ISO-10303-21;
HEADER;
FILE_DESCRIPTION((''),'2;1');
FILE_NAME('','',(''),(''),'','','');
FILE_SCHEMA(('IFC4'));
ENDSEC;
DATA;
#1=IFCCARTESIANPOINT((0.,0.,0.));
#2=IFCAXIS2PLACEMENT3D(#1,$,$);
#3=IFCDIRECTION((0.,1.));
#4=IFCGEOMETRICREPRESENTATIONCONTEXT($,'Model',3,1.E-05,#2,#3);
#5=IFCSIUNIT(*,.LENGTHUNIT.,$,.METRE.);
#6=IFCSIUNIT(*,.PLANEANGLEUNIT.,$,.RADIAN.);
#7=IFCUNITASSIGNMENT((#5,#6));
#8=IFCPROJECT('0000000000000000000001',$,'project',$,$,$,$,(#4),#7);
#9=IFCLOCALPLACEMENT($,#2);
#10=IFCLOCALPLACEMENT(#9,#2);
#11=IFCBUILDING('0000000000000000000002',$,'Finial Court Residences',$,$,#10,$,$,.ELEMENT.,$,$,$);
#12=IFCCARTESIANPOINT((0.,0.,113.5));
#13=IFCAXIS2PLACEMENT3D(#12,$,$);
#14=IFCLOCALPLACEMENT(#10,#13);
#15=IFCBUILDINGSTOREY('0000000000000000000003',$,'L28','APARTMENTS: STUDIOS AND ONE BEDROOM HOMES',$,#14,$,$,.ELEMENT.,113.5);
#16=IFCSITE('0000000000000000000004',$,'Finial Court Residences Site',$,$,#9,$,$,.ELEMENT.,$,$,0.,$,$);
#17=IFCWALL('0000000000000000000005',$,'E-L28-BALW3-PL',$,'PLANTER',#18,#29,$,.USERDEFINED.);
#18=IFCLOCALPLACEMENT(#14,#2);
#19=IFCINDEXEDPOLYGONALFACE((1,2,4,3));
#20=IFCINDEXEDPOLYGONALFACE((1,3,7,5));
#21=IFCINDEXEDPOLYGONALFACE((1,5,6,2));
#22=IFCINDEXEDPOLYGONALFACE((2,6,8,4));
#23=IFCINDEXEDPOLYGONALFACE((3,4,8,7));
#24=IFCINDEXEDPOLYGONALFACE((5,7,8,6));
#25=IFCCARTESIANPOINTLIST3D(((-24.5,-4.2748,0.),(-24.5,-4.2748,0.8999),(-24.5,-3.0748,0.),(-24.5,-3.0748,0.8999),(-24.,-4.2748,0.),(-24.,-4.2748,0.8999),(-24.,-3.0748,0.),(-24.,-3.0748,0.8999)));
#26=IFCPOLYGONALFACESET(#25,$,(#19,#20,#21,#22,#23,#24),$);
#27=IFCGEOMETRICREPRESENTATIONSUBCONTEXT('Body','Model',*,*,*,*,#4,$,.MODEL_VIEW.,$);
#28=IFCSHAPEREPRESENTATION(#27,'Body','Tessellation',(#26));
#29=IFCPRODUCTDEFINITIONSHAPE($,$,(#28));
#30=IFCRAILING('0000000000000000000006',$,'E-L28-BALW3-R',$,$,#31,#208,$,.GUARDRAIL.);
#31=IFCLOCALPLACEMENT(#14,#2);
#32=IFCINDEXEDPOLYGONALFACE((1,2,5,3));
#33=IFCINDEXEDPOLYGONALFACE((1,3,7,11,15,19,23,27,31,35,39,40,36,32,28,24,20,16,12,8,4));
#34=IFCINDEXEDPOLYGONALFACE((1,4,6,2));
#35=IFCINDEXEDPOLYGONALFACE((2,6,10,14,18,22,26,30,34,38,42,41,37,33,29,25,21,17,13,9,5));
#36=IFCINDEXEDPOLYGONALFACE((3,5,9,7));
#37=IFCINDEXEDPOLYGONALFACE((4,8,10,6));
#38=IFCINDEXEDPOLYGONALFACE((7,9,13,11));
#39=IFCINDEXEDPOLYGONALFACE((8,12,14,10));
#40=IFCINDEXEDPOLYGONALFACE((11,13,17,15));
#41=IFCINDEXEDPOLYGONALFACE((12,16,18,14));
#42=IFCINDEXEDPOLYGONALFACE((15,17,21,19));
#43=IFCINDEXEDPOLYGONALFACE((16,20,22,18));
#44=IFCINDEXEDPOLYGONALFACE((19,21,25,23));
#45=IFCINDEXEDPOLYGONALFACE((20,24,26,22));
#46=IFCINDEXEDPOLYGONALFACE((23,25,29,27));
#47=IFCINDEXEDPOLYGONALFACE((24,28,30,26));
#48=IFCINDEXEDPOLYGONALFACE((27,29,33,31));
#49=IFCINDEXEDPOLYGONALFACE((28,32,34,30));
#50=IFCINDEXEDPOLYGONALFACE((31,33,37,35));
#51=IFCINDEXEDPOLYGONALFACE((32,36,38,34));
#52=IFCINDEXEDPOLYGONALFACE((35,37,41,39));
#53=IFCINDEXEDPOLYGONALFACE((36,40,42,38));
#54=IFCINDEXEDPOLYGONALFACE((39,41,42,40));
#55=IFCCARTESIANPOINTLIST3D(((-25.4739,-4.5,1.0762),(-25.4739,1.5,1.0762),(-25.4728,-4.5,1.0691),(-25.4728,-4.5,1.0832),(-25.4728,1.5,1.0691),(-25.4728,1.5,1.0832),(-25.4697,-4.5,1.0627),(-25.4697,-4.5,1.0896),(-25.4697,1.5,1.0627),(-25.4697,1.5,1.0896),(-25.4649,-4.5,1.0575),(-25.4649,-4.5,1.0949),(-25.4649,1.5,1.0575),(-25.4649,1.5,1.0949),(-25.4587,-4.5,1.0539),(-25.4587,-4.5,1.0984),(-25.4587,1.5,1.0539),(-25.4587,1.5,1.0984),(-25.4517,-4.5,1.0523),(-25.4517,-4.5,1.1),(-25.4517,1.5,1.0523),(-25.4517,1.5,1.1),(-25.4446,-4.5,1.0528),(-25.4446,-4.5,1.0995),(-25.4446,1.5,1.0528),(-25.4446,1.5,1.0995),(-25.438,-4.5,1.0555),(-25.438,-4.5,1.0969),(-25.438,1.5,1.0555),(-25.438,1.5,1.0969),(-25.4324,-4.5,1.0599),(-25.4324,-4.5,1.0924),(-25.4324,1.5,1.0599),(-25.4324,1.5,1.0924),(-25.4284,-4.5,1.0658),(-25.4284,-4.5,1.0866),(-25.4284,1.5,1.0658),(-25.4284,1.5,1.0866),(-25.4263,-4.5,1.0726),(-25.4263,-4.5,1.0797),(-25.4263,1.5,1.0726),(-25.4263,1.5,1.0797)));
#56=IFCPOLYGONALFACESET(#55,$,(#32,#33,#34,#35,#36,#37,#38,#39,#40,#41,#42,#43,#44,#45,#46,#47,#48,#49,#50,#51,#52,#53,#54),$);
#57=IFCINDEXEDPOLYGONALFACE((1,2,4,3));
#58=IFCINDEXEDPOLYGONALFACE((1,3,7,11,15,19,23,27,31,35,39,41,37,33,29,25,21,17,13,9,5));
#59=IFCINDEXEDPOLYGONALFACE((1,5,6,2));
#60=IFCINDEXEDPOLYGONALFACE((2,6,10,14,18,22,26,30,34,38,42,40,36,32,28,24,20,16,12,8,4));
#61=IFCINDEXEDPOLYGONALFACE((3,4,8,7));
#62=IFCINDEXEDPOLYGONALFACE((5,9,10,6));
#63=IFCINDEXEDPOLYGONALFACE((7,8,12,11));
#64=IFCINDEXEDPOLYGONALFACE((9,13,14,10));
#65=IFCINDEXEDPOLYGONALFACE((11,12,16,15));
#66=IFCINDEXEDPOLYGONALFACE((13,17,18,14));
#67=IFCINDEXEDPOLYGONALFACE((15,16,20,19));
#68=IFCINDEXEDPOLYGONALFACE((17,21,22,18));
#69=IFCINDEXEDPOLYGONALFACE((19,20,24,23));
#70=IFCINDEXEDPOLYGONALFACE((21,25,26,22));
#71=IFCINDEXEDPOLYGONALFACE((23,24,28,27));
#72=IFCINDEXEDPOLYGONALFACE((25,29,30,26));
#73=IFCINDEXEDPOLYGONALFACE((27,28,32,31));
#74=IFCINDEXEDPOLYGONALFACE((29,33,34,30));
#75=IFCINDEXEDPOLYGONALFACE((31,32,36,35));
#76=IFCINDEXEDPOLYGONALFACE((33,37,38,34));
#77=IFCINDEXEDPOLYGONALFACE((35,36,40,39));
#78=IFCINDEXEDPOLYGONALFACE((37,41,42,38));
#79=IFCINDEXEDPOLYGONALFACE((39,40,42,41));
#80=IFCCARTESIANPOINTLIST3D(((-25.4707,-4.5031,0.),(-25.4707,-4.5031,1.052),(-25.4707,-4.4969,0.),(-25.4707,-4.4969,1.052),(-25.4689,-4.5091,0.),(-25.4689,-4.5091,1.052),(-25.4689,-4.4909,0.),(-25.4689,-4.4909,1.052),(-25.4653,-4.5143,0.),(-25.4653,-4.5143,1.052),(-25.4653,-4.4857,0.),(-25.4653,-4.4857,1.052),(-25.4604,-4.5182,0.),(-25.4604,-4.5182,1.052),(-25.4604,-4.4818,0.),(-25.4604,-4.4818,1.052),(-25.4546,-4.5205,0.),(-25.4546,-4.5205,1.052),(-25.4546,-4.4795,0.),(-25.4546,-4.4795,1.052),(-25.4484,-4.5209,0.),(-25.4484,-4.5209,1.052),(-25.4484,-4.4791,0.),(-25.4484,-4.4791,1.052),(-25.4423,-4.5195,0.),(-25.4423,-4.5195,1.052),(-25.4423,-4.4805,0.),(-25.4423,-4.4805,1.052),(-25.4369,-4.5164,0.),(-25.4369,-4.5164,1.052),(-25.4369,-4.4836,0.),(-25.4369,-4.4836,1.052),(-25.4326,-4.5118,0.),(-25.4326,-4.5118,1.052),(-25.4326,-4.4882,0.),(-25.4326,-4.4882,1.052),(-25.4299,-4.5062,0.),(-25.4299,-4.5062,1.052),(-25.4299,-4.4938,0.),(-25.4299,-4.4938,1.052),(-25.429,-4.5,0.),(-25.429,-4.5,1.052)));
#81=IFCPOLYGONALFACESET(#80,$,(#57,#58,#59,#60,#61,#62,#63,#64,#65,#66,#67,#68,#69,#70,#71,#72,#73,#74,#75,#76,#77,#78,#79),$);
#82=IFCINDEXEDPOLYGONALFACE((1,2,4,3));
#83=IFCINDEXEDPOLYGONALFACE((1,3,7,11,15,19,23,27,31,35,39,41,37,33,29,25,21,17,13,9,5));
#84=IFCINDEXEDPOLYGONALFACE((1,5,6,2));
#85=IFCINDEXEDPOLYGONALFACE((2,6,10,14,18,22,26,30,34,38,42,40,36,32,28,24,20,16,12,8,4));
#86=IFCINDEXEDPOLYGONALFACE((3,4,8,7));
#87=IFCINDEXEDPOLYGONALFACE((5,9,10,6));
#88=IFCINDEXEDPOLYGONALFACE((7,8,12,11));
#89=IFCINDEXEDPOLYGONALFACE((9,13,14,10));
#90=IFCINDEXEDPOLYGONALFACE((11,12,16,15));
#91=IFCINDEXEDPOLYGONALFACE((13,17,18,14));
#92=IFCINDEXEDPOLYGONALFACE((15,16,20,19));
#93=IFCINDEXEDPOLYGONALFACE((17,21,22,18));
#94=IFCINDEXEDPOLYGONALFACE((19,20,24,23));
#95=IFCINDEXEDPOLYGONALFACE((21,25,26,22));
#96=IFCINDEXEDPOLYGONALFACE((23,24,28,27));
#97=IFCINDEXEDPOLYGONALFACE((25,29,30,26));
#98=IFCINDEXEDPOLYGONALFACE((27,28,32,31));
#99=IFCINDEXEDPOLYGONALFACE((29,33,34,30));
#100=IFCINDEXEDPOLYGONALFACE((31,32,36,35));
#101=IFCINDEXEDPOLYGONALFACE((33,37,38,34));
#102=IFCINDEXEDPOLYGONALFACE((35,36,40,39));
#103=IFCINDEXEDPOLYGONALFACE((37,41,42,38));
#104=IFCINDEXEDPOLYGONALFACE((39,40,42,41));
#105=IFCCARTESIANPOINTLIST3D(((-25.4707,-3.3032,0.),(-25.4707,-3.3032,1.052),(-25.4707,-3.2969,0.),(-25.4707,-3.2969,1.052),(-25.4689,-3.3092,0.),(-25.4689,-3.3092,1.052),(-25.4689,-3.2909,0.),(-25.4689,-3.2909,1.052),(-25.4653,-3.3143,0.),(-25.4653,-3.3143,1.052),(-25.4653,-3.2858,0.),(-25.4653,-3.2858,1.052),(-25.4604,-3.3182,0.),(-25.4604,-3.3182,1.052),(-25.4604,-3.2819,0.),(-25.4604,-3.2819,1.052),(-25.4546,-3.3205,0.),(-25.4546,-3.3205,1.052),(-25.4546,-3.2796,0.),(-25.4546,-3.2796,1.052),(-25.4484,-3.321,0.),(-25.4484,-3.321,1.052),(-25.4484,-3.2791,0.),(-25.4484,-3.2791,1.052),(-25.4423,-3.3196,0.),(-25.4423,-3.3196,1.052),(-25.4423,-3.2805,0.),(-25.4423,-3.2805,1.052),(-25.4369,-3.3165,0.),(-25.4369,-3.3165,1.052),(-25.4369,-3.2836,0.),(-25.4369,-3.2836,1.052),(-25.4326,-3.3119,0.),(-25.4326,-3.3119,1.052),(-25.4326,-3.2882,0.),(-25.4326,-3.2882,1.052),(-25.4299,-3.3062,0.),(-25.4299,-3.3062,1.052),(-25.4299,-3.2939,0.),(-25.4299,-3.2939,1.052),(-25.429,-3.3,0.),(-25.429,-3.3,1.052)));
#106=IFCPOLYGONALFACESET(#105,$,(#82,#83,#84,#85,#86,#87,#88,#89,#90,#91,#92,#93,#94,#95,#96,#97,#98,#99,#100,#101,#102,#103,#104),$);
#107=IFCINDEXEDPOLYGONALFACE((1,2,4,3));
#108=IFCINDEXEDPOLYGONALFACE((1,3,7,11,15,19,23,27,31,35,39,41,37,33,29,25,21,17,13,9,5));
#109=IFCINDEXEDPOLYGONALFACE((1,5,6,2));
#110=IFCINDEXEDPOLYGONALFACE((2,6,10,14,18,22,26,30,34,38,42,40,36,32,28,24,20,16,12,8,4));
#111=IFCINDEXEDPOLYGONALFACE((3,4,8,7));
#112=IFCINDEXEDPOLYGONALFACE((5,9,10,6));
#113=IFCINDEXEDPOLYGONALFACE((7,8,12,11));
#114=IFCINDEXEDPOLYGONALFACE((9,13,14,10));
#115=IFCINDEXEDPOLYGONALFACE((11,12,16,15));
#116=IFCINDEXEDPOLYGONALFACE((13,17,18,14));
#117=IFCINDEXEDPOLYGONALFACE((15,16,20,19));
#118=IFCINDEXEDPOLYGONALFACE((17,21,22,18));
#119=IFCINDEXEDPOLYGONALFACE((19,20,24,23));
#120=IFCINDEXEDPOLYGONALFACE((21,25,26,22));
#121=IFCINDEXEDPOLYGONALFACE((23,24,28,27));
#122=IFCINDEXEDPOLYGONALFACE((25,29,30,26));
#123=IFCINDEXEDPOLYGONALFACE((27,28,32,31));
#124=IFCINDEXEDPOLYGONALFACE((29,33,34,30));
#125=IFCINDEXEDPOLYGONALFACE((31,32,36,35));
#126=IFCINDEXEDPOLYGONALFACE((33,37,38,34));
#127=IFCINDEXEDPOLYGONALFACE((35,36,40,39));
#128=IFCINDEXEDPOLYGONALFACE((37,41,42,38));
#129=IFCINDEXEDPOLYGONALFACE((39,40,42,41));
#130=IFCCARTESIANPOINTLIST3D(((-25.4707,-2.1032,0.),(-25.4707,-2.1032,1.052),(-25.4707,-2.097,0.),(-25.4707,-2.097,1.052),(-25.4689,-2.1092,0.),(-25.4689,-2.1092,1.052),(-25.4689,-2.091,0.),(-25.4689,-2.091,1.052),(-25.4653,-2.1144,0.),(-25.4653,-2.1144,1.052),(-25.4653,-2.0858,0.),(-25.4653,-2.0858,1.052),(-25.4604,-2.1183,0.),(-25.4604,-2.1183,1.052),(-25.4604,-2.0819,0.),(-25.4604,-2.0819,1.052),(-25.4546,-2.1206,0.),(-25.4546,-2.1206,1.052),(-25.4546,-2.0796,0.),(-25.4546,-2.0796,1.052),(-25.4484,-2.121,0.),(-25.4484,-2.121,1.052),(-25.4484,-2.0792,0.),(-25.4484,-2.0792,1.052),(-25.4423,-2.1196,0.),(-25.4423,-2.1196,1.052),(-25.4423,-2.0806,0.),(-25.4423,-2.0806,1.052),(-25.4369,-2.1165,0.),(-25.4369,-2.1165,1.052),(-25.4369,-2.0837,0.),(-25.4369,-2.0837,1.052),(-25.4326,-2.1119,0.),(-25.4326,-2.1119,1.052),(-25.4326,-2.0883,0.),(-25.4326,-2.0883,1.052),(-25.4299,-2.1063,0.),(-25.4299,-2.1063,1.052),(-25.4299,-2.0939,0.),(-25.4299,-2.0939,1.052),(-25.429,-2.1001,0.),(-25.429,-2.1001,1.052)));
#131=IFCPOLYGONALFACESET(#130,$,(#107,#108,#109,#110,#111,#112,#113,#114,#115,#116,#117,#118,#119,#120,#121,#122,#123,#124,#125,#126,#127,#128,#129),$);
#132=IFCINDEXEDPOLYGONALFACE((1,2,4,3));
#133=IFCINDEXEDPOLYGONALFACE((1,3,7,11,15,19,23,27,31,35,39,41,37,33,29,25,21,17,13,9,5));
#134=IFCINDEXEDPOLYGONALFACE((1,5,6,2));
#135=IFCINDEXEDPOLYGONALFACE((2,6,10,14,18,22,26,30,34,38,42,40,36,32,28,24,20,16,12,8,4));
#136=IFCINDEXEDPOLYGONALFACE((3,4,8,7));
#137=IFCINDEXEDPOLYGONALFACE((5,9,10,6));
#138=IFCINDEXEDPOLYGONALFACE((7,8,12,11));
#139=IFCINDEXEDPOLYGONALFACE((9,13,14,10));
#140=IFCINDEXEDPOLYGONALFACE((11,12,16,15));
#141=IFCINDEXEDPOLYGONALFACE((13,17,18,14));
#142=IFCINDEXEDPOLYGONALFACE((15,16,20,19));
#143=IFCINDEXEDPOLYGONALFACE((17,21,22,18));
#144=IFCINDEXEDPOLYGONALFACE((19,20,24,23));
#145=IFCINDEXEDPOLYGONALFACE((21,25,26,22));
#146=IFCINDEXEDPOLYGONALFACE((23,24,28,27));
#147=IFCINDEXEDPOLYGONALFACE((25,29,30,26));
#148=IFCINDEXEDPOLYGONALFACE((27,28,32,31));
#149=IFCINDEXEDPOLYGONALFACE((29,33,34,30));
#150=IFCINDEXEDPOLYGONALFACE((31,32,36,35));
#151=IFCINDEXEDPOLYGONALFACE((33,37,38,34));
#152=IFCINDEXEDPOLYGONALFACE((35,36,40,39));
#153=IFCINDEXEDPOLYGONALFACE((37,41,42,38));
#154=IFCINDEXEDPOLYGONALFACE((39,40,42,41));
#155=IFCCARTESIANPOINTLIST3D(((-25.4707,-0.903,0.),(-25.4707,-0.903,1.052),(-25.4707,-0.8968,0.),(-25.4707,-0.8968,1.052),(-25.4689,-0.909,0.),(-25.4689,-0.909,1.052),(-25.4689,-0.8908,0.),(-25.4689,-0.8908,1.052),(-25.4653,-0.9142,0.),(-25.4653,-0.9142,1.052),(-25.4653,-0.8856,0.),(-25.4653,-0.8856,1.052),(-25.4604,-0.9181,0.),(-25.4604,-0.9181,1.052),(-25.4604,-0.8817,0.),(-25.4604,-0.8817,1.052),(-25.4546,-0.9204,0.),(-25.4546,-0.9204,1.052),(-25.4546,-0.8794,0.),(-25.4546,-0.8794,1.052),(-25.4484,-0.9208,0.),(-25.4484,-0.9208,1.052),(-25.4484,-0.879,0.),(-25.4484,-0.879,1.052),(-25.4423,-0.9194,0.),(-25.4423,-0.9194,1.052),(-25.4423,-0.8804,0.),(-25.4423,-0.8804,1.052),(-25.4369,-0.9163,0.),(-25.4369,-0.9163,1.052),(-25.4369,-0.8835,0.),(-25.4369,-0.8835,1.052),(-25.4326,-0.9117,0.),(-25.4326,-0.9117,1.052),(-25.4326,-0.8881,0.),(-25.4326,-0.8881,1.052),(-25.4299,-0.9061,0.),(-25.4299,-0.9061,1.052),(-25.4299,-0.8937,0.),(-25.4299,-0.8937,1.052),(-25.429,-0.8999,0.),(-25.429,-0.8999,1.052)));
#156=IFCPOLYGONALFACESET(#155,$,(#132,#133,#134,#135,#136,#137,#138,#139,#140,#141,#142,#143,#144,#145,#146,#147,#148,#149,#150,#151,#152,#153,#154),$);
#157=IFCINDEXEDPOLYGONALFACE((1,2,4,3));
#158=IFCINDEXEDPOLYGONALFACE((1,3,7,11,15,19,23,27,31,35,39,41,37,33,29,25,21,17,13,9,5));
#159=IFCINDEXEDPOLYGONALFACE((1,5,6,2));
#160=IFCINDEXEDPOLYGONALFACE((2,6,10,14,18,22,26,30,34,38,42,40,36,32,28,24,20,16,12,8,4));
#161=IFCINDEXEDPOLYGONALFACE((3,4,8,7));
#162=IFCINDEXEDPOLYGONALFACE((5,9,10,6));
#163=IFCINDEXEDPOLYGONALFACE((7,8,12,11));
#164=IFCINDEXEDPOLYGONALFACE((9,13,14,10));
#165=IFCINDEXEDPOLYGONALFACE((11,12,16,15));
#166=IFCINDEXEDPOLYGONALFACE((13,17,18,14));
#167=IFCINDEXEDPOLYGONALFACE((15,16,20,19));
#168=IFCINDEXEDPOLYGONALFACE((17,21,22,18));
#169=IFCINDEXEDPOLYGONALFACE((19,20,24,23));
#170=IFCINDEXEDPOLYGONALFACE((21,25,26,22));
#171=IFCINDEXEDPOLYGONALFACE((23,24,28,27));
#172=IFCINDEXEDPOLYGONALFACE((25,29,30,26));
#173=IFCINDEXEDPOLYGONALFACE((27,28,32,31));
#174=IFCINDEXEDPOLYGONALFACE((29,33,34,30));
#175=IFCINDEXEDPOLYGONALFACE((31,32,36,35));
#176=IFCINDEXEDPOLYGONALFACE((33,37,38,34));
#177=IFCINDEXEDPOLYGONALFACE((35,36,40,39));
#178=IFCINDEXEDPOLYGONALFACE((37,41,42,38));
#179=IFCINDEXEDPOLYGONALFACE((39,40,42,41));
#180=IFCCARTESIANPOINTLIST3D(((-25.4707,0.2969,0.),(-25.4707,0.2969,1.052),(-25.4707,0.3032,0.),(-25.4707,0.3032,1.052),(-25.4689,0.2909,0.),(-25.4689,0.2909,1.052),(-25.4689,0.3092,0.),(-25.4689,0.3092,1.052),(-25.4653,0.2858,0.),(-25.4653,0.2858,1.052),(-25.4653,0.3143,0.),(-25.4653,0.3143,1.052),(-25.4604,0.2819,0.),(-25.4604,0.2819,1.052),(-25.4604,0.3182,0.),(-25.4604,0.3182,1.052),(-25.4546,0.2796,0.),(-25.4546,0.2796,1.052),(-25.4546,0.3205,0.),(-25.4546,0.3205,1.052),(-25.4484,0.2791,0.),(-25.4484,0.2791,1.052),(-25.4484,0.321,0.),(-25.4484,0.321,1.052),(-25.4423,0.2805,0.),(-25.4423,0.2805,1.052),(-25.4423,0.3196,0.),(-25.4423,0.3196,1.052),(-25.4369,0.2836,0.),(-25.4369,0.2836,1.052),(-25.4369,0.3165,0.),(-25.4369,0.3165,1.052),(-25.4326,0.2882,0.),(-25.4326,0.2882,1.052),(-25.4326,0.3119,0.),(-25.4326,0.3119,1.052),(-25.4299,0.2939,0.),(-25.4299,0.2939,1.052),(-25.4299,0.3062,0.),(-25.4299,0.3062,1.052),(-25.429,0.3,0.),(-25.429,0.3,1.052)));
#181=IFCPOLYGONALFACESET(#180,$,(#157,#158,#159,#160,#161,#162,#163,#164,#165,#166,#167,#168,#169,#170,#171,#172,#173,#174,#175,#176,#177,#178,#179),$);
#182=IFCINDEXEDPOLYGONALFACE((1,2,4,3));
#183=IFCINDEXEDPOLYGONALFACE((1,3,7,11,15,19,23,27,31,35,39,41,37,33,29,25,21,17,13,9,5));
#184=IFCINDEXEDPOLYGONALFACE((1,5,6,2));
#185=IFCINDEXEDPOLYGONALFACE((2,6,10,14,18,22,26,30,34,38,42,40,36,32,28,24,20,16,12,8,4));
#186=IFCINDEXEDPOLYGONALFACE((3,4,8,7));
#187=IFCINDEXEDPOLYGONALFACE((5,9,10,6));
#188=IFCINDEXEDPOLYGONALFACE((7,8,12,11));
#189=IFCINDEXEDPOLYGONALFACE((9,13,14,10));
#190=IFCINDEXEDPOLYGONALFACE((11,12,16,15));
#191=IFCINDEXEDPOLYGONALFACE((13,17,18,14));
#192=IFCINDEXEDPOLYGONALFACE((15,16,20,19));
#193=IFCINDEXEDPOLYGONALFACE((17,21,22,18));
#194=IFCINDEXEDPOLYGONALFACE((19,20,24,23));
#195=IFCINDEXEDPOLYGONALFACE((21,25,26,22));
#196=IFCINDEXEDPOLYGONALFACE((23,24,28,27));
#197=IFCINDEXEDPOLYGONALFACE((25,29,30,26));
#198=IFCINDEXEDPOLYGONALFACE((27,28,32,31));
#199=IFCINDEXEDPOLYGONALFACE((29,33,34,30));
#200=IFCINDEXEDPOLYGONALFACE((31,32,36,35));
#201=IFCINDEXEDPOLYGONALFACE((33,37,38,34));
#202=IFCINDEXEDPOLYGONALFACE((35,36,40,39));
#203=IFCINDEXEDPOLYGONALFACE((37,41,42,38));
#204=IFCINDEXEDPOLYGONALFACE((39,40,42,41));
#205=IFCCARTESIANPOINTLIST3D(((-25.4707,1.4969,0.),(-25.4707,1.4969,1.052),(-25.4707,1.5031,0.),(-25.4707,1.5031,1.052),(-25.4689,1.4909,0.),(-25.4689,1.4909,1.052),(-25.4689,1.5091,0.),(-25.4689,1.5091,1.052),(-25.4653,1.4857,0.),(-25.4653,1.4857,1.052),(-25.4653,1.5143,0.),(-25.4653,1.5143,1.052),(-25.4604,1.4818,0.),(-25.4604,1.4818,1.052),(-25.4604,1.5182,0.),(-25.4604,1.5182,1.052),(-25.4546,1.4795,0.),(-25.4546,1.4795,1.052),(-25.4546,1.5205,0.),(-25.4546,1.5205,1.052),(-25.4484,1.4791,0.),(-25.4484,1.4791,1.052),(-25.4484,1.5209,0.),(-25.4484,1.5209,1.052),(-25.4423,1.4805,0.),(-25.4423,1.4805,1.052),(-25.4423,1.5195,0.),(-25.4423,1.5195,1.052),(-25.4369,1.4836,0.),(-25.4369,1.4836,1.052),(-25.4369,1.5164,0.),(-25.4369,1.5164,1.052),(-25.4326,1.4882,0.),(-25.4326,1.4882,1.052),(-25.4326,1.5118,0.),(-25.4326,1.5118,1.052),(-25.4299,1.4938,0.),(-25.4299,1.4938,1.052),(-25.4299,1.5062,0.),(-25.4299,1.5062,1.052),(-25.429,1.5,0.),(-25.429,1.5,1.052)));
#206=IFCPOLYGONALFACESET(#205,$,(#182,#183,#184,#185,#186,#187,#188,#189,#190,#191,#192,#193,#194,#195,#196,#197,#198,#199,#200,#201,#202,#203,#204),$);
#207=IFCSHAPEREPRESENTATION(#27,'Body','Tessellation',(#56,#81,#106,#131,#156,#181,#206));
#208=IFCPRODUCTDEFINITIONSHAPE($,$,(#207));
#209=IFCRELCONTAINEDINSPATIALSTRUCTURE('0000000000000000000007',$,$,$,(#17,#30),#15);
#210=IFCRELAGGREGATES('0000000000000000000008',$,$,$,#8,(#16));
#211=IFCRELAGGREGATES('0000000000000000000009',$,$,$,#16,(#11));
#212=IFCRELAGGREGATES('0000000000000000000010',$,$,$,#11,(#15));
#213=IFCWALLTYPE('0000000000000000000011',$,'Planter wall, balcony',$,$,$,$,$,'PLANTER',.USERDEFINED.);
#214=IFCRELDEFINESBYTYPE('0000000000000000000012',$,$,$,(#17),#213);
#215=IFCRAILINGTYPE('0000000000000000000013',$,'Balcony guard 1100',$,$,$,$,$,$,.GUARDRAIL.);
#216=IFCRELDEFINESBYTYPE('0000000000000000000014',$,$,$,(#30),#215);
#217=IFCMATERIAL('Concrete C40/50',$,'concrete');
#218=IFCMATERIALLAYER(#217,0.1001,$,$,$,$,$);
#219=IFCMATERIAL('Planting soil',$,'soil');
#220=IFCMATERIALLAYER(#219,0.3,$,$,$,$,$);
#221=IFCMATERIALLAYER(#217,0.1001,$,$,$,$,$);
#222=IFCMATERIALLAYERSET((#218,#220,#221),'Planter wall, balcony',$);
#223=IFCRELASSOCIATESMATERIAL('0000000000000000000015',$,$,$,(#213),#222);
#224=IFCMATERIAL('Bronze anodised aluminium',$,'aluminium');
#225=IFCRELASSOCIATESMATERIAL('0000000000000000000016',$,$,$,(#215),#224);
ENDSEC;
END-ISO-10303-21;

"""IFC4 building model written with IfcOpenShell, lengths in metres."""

from ifc_helpers import new_model, si_unit, direction, frame, frame_2d, origin, origin_2d, place, context, subcontext, project, spatial, rectangle, circle, extrude, material, layer, layer_set, type_object, element, save


model = new_model("IFC4")

# Units and contexts
model_context = context("Model", 3, precision=1e-05, world=origin(), true_north=direction((0.0, 1.0)))
body_context = subcontext(model_context, "Body", "Model", "MODEL_VIEW")
ifc_project = project(units=[si_unit("LENGTHUNIT", "METRE"), si_unit("PLANEANGLEUNIT", "RADIAN")], contexts=[model_context])

# Site, building, storey
site_placement = place(None, origin())
site = spatial("IfcSite", under=ifc_project, at=site_placement, Name="Finial Court Residences Site", CompositionType="ELEMENT", RefElevation=0.0)
building_placement = place(site_placement, origin())
building = spatial("IfcBuilding", under=site, at=building_placement, Name="Finial Court Residences", CompositionType="ELEMENT")
storey_placement = place(building_placement, frame((0.0, 0.0, 113.5)))
storey = spatial("IfcBuildingStorey", under=building, at=storey_placement, Name="L28", Description="APARTMENTS: STUDIOS AND ONE BEDROOM HOMES", CompositionType="ELEMENT", Elevation=113.5)

# Shared definitions
ifc_material_1 = material(Name="Bronze anodised aluminium", Category="aluminium")

# Wall
ifc_material_2 = material(Name="Concrete C40/50", Category="concrete")
ifc_layer_1 = layer(ifc_material_2, 0.1001)
ifc_material_3 = material(Name="Planting soil", Category="soil")
ifc_layer_2 = layer(ifc_material_3, 0.3)
ifc_layer_3 = layer(ifc_material_2, 0.1001)
ifc_layer_set_1 = layer_set([ifc_layer_1, ifc_layer_2, ifc_layer_3], Name="Planter wall, balcony")
wall_type_1 = type_object("IfcWallType", Name="Planter wall, balcony", ElementType="PLANTER", PredefinedType="USERDEFINED", material=ifc_layer_set_1)
wall_1_placement = place(storey_placement, frame((-24.25, -4.2749, 0.0), z_axis=(0.0, 0.0, 1.0), x_axis=(0.0, 1.0, 0.0)))
element("IfcWall", 1, at=wall_1_placement, inside=storey, type_object=wall_type_1, Name="E-L28-BALW3-PL", ObjectType="PLANTER", PredefinedType="USERDEFINED", context=body_context, shape_type="SweptSolid", body=[
    extrude(rectangle(XDim=1.2, YDim=0.5, at=frame_2d((0.6001, 0.0))), origin(), (0.0, 0.0, 1.0), 0.8999),
])

# Railing
railing_type = type_object("IfcRailingType", Name="Balcony guard 1100", PredefinedType="GUARDRAIL", material=ifc_material_1)
railing_placement = place(storey_placement, frame((-25.45, -4.5, 0.0)))
element("IfcRailing", 2, at=railing_placement, inside=storey, type_object=railing_type, Name="E-L28-BALW3-R", PredefinedType="GUARDRAIL", context=body_context, shape_type="SweptSolid", body=[
    extrude(circle(Radius=0.0239, at=origin_2d()), frame((0.0, 0.0, 1.0762), z_axis=(0.0, 1.0, 0.0), x_axis=(-1.0, 0.0, 0.0)), (0.0, 0.0, 1.0), 6.0),
    extrude(circle(Radius=0.021, at=origin_2d()), origin(), (0.0, 0.0, 1.0), 1.052),
    extrude(circle(Radius=0.021, at=origin_2d()), frame((0.0, 1.2, 0.0)), (0.0, 0.0, 1.0), 1.052),
    extrude(circle(Radius=0.021, at=origin_2d()), frame((0.0, 2.3999, 0.0)), (0.0, 0.0, 1.0), 1.052),
    extrude(circle(Radius=0.021, at=origin_2d()), frame((0.0, 3.6001, 0.0)), (0.0, 0.0, 1.0), 1.052),
    extrude(circle(Radius=0.021, at=origin_2d()), frame((0.0, 4.8, 0.0)), (0.0, 0.0, 1.0), 1.052),
    extrude(circle(Radius=0.021, at=origin_2d()), frame((0.0, 6.0, 0.0)), (0.0, 0.0, 1.0), 1.052),
])

save(model, "model.ifc")
